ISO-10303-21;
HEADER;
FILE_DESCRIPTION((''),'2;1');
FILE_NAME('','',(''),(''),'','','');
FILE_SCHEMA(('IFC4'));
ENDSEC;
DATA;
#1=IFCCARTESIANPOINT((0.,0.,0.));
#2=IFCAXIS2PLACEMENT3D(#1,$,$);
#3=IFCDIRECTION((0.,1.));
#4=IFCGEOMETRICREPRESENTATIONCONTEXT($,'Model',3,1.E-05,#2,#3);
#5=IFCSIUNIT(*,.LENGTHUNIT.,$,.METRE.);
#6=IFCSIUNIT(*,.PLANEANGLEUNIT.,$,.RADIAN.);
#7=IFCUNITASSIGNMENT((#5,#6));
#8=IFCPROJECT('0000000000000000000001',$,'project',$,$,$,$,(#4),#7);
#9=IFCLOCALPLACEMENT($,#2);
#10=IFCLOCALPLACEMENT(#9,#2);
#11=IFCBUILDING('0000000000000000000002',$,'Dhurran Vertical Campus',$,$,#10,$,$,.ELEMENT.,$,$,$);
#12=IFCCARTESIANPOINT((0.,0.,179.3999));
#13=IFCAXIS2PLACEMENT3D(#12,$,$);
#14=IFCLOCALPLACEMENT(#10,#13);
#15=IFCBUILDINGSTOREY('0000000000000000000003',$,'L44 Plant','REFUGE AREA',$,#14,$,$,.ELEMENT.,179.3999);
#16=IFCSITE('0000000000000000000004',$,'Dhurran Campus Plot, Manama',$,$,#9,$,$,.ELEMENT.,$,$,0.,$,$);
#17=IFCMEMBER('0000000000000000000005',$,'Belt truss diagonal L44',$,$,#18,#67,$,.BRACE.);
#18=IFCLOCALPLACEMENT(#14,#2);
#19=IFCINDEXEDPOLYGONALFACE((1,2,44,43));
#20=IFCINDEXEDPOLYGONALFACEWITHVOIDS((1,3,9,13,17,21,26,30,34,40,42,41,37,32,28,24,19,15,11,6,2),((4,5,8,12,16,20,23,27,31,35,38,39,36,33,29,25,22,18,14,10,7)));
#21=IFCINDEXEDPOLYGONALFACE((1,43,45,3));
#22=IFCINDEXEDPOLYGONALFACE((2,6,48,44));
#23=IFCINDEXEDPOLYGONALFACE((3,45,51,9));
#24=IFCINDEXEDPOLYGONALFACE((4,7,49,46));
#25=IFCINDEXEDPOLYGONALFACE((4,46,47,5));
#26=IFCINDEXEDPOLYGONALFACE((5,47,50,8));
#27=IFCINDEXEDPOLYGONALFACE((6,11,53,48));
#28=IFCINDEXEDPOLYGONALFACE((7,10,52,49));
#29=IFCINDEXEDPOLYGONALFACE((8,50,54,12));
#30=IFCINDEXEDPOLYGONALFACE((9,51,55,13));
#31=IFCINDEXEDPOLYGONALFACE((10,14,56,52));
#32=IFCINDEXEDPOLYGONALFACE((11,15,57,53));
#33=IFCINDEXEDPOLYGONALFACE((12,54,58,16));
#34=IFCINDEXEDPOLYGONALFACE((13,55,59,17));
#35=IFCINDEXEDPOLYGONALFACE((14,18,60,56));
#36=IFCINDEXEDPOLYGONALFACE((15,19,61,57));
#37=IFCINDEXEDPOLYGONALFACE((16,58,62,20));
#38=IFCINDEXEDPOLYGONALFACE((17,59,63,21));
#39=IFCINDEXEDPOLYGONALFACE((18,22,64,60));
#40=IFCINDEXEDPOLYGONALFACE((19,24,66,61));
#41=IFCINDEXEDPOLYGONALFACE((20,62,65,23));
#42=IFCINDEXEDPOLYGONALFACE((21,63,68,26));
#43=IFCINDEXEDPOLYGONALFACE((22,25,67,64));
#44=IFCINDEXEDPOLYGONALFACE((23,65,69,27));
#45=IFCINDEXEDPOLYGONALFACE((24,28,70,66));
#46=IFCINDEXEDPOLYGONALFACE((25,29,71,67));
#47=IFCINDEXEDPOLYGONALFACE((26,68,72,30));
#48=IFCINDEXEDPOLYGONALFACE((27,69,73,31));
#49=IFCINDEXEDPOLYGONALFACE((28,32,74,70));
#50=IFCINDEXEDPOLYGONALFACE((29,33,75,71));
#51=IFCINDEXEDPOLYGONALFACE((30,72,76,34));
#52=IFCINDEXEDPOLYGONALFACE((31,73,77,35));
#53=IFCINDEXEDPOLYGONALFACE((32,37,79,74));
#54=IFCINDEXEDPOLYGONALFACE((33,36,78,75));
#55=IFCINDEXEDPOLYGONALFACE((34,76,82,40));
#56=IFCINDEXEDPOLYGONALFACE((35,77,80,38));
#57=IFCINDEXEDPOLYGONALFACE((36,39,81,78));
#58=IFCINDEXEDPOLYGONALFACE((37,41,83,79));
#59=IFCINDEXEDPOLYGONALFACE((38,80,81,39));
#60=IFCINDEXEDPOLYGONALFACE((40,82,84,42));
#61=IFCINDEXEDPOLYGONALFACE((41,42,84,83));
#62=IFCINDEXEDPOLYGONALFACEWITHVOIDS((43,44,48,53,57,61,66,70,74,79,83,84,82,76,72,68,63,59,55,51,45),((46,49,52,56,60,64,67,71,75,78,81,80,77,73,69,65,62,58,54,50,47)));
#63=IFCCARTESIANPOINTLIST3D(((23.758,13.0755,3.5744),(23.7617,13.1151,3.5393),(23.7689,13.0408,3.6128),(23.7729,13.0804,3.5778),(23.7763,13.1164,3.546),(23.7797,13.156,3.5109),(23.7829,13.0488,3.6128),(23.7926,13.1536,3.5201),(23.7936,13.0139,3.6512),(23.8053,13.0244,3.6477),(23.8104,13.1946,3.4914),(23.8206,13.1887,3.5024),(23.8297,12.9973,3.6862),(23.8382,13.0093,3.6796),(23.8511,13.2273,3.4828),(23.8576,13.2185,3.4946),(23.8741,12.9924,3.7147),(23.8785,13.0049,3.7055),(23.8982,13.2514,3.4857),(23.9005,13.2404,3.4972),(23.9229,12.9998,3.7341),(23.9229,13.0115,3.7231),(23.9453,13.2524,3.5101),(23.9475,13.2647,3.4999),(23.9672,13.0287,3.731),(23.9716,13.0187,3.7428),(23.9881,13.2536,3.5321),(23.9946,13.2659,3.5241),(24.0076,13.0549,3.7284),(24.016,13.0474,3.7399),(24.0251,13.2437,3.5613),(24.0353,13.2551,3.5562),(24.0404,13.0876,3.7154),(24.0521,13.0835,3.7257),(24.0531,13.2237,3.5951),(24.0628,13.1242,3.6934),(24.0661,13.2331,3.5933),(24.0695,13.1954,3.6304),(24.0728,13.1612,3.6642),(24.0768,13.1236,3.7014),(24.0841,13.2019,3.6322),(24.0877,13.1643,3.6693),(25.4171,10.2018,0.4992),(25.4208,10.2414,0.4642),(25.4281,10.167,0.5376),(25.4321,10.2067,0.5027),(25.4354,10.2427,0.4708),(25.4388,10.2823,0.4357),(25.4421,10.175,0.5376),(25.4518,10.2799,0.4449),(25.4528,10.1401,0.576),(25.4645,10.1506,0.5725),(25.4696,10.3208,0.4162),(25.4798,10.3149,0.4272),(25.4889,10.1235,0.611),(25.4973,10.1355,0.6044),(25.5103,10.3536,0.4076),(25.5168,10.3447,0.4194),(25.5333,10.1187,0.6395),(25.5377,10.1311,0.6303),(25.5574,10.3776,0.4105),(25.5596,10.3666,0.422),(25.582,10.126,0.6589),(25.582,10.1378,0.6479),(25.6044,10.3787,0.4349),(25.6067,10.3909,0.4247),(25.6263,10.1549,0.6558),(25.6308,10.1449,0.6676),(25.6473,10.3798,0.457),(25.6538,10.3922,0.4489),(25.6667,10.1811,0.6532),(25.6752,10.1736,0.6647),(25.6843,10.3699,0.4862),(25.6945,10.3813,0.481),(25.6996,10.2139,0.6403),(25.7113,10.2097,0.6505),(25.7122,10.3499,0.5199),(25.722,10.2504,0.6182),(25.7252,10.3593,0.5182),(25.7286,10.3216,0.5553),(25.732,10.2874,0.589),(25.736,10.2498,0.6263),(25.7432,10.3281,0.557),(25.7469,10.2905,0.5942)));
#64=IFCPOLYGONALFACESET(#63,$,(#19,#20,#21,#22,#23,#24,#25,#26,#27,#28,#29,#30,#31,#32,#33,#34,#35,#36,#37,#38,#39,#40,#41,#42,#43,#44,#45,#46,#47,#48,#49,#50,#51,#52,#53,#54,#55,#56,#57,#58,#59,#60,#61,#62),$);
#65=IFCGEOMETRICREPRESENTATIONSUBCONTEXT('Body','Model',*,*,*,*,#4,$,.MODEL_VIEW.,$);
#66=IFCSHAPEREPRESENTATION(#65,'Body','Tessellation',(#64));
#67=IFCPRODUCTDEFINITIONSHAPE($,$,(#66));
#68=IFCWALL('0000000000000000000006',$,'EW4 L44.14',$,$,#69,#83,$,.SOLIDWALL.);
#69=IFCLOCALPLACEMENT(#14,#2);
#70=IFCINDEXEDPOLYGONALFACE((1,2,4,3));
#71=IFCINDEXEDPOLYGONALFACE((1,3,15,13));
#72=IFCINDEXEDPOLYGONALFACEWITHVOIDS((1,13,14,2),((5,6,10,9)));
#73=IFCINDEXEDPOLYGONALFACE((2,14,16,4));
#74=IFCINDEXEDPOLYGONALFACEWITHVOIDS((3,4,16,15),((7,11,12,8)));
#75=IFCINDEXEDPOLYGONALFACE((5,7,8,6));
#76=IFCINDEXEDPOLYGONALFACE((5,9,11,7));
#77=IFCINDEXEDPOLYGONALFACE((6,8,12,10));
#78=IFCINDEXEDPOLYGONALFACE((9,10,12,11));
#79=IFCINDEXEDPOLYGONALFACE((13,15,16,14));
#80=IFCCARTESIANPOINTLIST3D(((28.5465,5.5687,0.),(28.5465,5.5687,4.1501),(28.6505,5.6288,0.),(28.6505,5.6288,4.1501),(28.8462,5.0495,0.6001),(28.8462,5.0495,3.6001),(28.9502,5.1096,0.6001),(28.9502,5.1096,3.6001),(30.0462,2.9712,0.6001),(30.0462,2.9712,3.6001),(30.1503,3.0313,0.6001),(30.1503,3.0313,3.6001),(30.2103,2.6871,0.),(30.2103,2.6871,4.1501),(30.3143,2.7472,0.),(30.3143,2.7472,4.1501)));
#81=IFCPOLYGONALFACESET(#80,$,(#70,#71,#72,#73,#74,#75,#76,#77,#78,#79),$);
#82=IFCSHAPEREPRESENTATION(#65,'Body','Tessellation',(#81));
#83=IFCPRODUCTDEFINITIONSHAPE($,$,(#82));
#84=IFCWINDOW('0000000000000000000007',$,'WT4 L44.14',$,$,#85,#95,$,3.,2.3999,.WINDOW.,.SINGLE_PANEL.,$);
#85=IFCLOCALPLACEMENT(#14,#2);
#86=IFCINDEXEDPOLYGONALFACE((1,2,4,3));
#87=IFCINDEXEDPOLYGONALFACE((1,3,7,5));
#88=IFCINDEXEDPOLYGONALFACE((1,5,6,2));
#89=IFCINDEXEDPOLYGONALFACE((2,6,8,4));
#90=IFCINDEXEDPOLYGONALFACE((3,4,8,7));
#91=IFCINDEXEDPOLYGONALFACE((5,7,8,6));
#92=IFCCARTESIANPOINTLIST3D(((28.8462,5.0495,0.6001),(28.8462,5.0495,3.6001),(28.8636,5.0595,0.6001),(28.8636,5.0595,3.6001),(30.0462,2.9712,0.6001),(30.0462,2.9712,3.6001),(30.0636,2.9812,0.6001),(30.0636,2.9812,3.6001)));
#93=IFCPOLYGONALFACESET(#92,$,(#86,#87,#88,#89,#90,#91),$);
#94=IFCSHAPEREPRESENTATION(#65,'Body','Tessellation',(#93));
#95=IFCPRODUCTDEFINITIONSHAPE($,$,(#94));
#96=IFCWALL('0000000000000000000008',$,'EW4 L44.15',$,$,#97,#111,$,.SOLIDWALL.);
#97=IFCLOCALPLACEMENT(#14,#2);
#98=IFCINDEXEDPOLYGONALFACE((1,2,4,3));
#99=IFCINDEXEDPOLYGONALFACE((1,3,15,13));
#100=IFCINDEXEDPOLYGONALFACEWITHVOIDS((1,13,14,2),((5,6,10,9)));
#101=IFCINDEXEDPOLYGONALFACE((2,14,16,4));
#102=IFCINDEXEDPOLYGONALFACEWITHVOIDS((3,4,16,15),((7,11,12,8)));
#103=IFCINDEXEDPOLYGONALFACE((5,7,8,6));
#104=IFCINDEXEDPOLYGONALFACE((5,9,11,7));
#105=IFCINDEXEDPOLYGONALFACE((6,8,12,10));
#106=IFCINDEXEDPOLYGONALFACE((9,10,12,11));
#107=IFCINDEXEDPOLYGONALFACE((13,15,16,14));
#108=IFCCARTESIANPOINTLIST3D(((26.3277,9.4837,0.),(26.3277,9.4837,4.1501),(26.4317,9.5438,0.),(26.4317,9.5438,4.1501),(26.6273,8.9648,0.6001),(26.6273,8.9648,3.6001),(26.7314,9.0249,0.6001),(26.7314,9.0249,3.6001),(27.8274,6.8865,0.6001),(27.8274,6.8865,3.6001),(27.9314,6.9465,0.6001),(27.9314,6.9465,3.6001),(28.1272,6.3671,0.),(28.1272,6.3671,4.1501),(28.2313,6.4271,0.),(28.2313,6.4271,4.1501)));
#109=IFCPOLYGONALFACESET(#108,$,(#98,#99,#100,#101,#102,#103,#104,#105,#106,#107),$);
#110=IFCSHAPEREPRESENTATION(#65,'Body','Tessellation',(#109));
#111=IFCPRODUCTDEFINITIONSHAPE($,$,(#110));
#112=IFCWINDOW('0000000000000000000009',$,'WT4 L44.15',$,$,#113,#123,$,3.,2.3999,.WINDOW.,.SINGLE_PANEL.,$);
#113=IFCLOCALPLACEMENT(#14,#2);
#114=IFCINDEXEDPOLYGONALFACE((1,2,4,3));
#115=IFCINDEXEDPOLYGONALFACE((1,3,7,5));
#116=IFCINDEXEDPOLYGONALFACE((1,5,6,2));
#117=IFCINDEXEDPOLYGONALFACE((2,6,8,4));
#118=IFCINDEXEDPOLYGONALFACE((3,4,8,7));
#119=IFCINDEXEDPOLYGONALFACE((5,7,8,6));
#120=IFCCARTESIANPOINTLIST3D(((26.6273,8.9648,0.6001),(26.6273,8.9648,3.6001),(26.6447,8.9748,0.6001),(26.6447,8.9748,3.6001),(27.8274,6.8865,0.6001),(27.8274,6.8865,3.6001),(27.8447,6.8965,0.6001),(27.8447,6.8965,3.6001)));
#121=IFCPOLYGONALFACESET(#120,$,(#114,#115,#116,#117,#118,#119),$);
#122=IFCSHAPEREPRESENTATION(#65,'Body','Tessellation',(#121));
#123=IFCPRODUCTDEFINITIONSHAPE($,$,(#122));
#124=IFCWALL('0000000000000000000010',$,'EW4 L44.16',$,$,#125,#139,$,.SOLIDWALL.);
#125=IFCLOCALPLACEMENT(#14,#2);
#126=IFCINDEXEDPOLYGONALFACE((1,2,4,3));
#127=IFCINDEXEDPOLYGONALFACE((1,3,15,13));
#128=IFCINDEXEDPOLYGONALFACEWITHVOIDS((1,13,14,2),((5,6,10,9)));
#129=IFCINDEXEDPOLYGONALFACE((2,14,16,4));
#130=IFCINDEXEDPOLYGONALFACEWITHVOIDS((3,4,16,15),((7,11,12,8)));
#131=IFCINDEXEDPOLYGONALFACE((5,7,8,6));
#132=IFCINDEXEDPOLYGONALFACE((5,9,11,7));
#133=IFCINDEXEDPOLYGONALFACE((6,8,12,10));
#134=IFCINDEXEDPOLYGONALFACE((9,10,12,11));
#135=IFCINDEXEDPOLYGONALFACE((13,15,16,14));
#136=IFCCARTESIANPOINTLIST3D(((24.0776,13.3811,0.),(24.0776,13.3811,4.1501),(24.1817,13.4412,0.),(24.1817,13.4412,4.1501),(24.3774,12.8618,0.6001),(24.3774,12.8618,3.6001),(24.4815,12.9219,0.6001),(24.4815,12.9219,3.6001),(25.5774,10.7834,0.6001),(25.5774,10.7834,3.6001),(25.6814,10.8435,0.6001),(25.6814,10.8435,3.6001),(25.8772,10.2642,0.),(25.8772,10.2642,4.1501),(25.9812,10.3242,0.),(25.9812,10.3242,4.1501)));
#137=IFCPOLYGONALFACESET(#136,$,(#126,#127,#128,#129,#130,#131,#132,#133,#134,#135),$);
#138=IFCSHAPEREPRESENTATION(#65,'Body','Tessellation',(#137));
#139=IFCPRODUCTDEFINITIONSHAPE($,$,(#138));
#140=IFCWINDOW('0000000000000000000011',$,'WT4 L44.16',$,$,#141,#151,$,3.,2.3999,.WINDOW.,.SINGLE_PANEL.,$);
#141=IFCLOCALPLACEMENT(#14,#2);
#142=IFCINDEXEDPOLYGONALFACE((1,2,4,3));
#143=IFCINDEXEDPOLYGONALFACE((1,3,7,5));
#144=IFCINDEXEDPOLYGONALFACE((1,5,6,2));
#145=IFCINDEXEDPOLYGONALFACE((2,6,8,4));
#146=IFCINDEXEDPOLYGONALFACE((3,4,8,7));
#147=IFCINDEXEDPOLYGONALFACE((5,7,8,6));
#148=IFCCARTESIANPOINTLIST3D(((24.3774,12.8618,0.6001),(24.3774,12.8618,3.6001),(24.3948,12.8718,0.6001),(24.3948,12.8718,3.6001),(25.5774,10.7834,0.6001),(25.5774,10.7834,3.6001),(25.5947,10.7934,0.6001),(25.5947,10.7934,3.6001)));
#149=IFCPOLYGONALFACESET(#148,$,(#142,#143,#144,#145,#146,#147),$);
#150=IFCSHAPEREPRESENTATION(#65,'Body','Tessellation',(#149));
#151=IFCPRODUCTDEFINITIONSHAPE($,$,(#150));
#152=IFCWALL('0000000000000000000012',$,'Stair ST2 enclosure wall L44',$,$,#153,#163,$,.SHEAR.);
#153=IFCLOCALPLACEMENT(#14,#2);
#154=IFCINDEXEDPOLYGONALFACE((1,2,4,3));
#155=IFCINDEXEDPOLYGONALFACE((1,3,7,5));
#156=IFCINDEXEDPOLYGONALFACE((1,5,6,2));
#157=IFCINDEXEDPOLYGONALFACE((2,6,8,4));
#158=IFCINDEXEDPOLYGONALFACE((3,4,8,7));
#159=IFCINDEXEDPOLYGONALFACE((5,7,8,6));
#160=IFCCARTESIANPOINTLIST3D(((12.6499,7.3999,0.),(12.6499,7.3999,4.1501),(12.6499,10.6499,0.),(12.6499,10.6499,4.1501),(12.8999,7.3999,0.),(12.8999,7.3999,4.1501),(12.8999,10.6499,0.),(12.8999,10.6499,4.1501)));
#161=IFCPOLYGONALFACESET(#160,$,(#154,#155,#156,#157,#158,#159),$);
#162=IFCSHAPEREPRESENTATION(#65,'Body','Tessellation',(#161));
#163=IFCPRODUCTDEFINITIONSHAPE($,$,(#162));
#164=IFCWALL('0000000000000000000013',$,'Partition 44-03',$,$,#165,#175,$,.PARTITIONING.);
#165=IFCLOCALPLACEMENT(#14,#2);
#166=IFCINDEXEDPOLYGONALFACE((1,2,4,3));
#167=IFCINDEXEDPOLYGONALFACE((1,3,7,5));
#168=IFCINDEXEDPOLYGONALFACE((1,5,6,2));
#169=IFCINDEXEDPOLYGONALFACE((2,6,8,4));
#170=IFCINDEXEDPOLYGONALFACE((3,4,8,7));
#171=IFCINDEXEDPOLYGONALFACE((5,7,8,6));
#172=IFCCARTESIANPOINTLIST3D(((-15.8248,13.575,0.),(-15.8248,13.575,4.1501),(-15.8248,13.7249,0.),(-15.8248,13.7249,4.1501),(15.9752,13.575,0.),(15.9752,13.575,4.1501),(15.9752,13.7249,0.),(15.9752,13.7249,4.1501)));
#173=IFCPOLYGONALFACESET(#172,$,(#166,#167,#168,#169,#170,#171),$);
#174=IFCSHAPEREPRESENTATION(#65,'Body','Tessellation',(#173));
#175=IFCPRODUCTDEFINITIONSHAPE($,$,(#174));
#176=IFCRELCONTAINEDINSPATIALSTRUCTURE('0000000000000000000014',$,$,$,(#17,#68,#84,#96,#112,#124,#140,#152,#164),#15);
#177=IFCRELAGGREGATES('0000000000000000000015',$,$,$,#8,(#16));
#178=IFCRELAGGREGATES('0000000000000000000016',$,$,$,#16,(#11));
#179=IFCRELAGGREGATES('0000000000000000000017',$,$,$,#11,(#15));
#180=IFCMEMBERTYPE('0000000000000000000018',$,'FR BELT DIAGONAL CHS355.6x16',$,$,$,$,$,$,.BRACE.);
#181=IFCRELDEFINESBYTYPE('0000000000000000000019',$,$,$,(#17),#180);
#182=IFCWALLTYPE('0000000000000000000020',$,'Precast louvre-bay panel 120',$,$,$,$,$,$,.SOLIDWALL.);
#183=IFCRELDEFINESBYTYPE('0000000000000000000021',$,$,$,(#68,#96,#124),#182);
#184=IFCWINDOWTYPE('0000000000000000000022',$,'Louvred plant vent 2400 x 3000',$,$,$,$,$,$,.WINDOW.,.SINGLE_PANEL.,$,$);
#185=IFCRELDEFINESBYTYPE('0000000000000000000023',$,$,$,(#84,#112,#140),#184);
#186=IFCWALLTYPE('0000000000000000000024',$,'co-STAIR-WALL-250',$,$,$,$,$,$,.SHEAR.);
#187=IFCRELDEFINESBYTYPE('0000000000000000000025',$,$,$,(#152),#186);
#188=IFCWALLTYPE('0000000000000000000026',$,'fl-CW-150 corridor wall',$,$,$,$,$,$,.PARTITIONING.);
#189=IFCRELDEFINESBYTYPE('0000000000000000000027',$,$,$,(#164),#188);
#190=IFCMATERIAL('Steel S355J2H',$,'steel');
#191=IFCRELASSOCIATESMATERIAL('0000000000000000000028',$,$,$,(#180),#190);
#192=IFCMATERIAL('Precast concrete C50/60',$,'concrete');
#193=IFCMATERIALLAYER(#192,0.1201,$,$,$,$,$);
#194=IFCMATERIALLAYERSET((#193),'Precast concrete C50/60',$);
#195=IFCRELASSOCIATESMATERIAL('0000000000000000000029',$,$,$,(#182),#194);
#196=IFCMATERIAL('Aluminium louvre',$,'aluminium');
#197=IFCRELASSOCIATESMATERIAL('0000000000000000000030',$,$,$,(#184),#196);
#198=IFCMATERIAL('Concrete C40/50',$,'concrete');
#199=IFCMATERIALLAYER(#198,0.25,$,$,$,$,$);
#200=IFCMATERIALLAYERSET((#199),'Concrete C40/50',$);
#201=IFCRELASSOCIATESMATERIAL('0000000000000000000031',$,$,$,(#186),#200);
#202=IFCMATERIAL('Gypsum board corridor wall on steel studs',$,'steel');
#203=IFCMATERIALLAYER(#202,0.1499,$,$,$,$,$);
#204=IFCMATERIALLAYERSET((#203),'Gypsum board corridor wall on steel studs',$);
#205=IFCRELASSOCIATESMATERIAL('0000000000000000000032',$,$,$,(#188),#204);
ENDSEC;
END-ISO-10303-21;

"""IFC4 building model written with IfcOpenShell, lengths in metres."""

from ifc_helpers import new_model, si_unit, direction, frame, frame_2d, origin, origin_2d, place, context, subcontext, project, spatial, rectangle, hollow_circle, extrude, material, layer, layer_set, material_profile, profile_set, type_object, element, fill, save


model = new_model("IFC4")

# Units and contexts
model_context = context("Model", 3, precision=1e-05, world=origin(), true_north=direction((0.0, 1.0)))
body_context = subcontext(model_context, "Body", "Model", "MODEL_VIEW")
ifc_project = project(units=[si_unit("LENGTHUNIT", "METRE"), si_unit("PLANEANGLEUNIT", "RADIAN")], contexts=[model_context])

# Site, building, storey
site_placement = place(None, origin())
site = spatial("IfcSite", under=ifc_project, at=site_placement, Name="Dhurran Campus Plot, Manama", CompositionType="ELEMENT", RefElevation=0.0)
building_placement = place(site_placement, origin())
building = spatial("IfcBuilding", under=site, at=building_placement, Name="Dhurran Vertical Campus", CompositionType="ELEMENT")
storey_placement = place(building_placement, frame((0.0, 0.0, 179.3999)))
storey = spatial("IfcBuildingStorey", under=building, at=storey_placement, Name="L44 Plant", Description="REFUGE AREA", CompositionType="ELEMENT", Elevation=179.3999)

# Member
ifc_material_1 = material(Name="Steel S355J2H", Category="steel")
ifc_material_profile_1 = material_profile(ifc_material_1, hollow_circle(Radius=0.1777, WallThickness=0.0161, at=origin_2d()), Name="CHS355.6x16")
ifc_profile_set_1 = profile_set([ifc_material_profile_1], Name="Steel S355J2H")
member_type = type_object("IfcMemberType", Name="FR BELT DIAGONAL CHS355.6x16", PredefinedType="BRACE", material=ifc_profile_set_1)
member_1_placement = place(storey_placement, frame((25.582, 10.2559, 0.5376), z_axis=(-0.366735, 0.635203, 0.679723), x_axis=(-0.866025, -0.500001, 0.0)))
element("IfcMember", 1, at=member_1_placement, inside=storey, type_object=member_type, Name="Belt truss diagonal L44", PredefinedType="BRACE", context=body_context, shape_type="SweptSolid", body=[
    extrude(hollow_circle(Radius=0.1777, WallThickness=0.0161, at=origin_2d()), origin(), (0.0, 0.0, 1.0), 4.5242),
])

# Walls, openings, windows
ifc_material_2 = material(Name="Precast concrete C50/60", Category="concrete")
ifc_layer_1 = layer(ifc_material_2, 0.1201)
ifc_layer_set_1 = layer_set([ifc_layer_1], Name="Precast concrete C50/60")
wall_type_1 = type_object("IfcWallType", Name="Precast louvre-bay panel 120", PredefinedType="SOLIDWALL", material=ifc_layer_set_1)
wall_1_placement = place(storey_placement, frame((30.2622, 2.7173, 0.0), z_axis=(0.0, 0.0, 1.0), x_axis=(-0.500029, 0.866008, 0.0)))
wall_1 = element("IfcWall", 2, at=wall_1_placement, inside=storey, type_object=wall_type_1, Name="EW4 L44.14", PredefinedType="SOLIDWALL", context=body_context, shape_type="SweptSolid", body=[
    extrude(rectangle(XDim=3.3274, YDim=0.1201, at=frame_2d((1.6636, 0.0))), origin(), (0.0, 0.0, 1.0), 4.1501),
])
opening_1_placement = place(wall_1_placement, frame((0.3279, 0.0, 0.6001)))
opening_1 = element("IfcOpeningElement", 3, at=opening_1_placement, cuts=wall_1, PredefinedType="OPENING", context=body_context, shape_type="SweptSolid", body=[
    extrude(rectangle(XDim=2.3999, YDim=3.0, at=frame_2d((1.2, 1.5))), frame((0.0, 0.0701, 0.0), z_axis=(0.0, -1.0, 0.0), x_axis=(1.0, 0.0, 0.0)), (0.0, 0.0, 1.0), 0.1401),
])
ifc_material_3 = material(Name="Aluminium louvre", Category="aluminium")
window_type = type_object("IfcWindowType", Name="Louvred plant vent 2400 x 3000", PartitioningType="SINGLE_PANEL", PredefinedType="WINDOW", material=ifc_material_3)
window_1_placement = place(opening_1_placement, origin())
window_1 = element("IfcWindow", 4, at=window_1_placement, inside=storey, type_object=window_type, Name="WT4 L44.14", OverallHeight=3.0, OverallWidth=2.3999, PartitioningType="SINGLE_PANEL", PredefinedType="WINDOW", context=body_context, shape_type="SweptSolid", body=[
    extrude(rectangle(XDim=2.3999, YDim=3.0, at=frame_2d((1.2, 1.5))), frame((0.0, 0.0601, 0.0), z_axis=(0.0, -1.0, 0.0), x_axis=(1.0, 0.0, 0.0)), (0.0, 0.0, 1.0), 0.02),
])
fill(opening_1, window_1)
wall_2_placement = place(storey_placement, frame((28.1792, 6.3972, 0.0), z_axis=(0.0, 0.0, 1.0), x_axis=(-0.500028, 0.866009, 0.0)))
wall_2 = element("IfcWall", 5, at=wall_2_placement, inside=storey, type_object=wall_type_1, Name="EW4 L44.15", PredefinedType="SOLIDWALL", context=body_context, shape_type="SweptSolid", body=[
    extrude(rectangle(XDim=3.5989, YDim=0.1201, at=frame_2d((1.7993, 0.0))), origin(), (0.0, 0.0, 1.0), 4.1501),
])
opening_2_placement = place(wall_2_placement, frame((0.5996, 0.0, 0.6001)))
opening_2 = element("IfcOpeningElement", 6, at=opening_2_placement, cuts=wall_2, PredefinedType="OPENING", context=body_context, shape_type="SweptSolid", body=[
    extrude(rectangle(XDim=2.3999, YDim=3.0, at=frame_2d((1.2, 1.5))), frame((0.0, 0.0701, 0.0), z_axis=(0.0, -1.0, 0.0), x_axis=(1.0, 0.0, 0.0)), (0.0, 0.0, 1.0), 0.1401),
])
window_2_placement = place(opening_2_placement, origin())
window_2 = element("IfcWindow", 7, at=window_2_placement, inside=storey, type_object=window_type, Name="WT4 L44.15", OverallHeight=3.0, OverallWidth=2.3999, PartitioningType="SINGLE_PANEL", PredefinedType="WINDOW", context=body_context, shape_type="SweptSolid", body=[
    extrude(rectangle(XDim=2.3999, YDim=3.0, at=frame_2d((1.2, 1.5))), frame((0.0, 0.0601, 0.0), z_axis=(0.0, -1.0, 0.0), x_axis=(1.0, 0.0, 0.0)), (0.0, 0.0, 1.0), 0.02),
])
fill(opening_2, window_2)
wall_3_placement = place(storey_placement, frame((25.9292, 10.2942, 0.0), z_axis=(0.0, 0.0, 1.0), x_axis=(-0.499998, 0.866026, 0.0)))
wall_3 = element("IfcWall", 8, at=wall_3_placement, inside=storey, type_object=wall_type_1, Name="EW4 L44.16", PredefinedType="SOLIDWALL", context=body_context, shape_type="SweptSolid", body=[
    extrude(rectangle(XDim=3.5991, YDim=0.1201, at=frame_2d((1.7996, 0.0))), origin(), (0.0, 0.0, 1.0), 4.1501),
])
opening_3_placement = place(wall_3_placement, frame((0.5996, 0.0, 0.6001)))
opening_3 = element("IfcOpeningElement", 9, at=opening_3_placement, cuts=wall_3, PredefinedType="OPENING", context=body_context, shape_type="SweptSolid", body=[
    extrude(rectangle(XDim=2.3999, YDim=3.0, at=frame_2d((1.2, 1.5))), frame((0.0, 0.0701, 0.0), z_axis=(0.0, -1.0, 0.0), x_axis=(1.0, 0.0, 0.0)), (0.0, 0.0, 1.0), 0.1401),
])
window_3_placement = place(opening_3_placement, origin())
window_3 = element("IfcWindow", 10, at=window_3_placement, inside=storey, type_object=window_type, Name="WT4 L44.16", OverallHeight=3.0, OverallWidth=2.3999, PartitioningType="SINGLE_PANEL", PredefinedType="WINDOW", context=body_context, shape_type="SweptSolid", body=[
    extrude(rectangle(XDim=2.3999, YDim=3.0, at=frame_2d((1.2, 1.5))), frame((0.0, 0.0601, 0.0), z_axis=(0.0, -1.0, 0.0), x_axis=(1.0, 0.0, 0.0)), (0.0, 0.0, 1.0), 0.02),
])
fill(opening_3, window_3)

# Walls
ifc_material_4 = material(Name="Concrete C40/50", Category="concrete")
ifc_layer_2 = layer(ifc_material_4, 0.25)
ifc_layer_set_2 = layer_set([ifc_layer_2], Name="Concrete C40/50")
wall_type_2 = type_object("IfcWallType", Name="co-STAIR-WALL-250", PredefinedType="SHEAR", material=ifc_layer_set_2)
wall_4_placement = place(storey_placement, frame((12.7749, 7.3999, 0.0), z_axis=(0.0, 0.0, 1.0), x_axis=(0.0, 1.0, 0.0)))
element("IfcWall", 11, at=wall_4_placement, inside=storey, type_object=wall_type_2, Name="Stair ST2 enclosure wall L44", PredefinedType="SHEAR", context=body_context, shape_type="SweptSolid", body=[
    extrude(rectangle(XDim=3.25, YDim=0.25, at=frame_2d((1.625, 0.0))), origin(), (0.0, 0.0, 1.0), 4.1501),
])
ifc_material_5 = material(Name="Gypsum board corridor wall on steel studs", Category="steel")
ifc_layer_3 = layer(ifc_material_5, 0.1499)
ifc_layer_set_3 = layer_set([ifc_layer_3], Name="Gypsum board corridor wall on steel studs")
wall_type_3 = type_object("IfcWallType", Name="fl-CW-150 corridor wall", PredefinedType="PARTITIONING", material=ifc_layer_set_3)
wall_5_placement = place(storey_placement, frame((15.9751, 13.6499, 0.0), z_axis=(0.0, 0.0, 1.0), x_axis=(-1.0, 0.0, 0.0)))
element("IfcWall", 12, at=wall_5_placement, inside=storey, type_object=wall_type_3, Name="Partition 44-03", PredefinedType="PARTITIONING", context=body_context, shape_type="SweptSolid", body=[
    extrude(rectangle(XDim=31.8, YDim=0.1499, at=frame_2d((15.8999, 0.0))), origin(), (0.0, 0.0, 1.0), 4.1501),
])

save(model, "model.ifc")
